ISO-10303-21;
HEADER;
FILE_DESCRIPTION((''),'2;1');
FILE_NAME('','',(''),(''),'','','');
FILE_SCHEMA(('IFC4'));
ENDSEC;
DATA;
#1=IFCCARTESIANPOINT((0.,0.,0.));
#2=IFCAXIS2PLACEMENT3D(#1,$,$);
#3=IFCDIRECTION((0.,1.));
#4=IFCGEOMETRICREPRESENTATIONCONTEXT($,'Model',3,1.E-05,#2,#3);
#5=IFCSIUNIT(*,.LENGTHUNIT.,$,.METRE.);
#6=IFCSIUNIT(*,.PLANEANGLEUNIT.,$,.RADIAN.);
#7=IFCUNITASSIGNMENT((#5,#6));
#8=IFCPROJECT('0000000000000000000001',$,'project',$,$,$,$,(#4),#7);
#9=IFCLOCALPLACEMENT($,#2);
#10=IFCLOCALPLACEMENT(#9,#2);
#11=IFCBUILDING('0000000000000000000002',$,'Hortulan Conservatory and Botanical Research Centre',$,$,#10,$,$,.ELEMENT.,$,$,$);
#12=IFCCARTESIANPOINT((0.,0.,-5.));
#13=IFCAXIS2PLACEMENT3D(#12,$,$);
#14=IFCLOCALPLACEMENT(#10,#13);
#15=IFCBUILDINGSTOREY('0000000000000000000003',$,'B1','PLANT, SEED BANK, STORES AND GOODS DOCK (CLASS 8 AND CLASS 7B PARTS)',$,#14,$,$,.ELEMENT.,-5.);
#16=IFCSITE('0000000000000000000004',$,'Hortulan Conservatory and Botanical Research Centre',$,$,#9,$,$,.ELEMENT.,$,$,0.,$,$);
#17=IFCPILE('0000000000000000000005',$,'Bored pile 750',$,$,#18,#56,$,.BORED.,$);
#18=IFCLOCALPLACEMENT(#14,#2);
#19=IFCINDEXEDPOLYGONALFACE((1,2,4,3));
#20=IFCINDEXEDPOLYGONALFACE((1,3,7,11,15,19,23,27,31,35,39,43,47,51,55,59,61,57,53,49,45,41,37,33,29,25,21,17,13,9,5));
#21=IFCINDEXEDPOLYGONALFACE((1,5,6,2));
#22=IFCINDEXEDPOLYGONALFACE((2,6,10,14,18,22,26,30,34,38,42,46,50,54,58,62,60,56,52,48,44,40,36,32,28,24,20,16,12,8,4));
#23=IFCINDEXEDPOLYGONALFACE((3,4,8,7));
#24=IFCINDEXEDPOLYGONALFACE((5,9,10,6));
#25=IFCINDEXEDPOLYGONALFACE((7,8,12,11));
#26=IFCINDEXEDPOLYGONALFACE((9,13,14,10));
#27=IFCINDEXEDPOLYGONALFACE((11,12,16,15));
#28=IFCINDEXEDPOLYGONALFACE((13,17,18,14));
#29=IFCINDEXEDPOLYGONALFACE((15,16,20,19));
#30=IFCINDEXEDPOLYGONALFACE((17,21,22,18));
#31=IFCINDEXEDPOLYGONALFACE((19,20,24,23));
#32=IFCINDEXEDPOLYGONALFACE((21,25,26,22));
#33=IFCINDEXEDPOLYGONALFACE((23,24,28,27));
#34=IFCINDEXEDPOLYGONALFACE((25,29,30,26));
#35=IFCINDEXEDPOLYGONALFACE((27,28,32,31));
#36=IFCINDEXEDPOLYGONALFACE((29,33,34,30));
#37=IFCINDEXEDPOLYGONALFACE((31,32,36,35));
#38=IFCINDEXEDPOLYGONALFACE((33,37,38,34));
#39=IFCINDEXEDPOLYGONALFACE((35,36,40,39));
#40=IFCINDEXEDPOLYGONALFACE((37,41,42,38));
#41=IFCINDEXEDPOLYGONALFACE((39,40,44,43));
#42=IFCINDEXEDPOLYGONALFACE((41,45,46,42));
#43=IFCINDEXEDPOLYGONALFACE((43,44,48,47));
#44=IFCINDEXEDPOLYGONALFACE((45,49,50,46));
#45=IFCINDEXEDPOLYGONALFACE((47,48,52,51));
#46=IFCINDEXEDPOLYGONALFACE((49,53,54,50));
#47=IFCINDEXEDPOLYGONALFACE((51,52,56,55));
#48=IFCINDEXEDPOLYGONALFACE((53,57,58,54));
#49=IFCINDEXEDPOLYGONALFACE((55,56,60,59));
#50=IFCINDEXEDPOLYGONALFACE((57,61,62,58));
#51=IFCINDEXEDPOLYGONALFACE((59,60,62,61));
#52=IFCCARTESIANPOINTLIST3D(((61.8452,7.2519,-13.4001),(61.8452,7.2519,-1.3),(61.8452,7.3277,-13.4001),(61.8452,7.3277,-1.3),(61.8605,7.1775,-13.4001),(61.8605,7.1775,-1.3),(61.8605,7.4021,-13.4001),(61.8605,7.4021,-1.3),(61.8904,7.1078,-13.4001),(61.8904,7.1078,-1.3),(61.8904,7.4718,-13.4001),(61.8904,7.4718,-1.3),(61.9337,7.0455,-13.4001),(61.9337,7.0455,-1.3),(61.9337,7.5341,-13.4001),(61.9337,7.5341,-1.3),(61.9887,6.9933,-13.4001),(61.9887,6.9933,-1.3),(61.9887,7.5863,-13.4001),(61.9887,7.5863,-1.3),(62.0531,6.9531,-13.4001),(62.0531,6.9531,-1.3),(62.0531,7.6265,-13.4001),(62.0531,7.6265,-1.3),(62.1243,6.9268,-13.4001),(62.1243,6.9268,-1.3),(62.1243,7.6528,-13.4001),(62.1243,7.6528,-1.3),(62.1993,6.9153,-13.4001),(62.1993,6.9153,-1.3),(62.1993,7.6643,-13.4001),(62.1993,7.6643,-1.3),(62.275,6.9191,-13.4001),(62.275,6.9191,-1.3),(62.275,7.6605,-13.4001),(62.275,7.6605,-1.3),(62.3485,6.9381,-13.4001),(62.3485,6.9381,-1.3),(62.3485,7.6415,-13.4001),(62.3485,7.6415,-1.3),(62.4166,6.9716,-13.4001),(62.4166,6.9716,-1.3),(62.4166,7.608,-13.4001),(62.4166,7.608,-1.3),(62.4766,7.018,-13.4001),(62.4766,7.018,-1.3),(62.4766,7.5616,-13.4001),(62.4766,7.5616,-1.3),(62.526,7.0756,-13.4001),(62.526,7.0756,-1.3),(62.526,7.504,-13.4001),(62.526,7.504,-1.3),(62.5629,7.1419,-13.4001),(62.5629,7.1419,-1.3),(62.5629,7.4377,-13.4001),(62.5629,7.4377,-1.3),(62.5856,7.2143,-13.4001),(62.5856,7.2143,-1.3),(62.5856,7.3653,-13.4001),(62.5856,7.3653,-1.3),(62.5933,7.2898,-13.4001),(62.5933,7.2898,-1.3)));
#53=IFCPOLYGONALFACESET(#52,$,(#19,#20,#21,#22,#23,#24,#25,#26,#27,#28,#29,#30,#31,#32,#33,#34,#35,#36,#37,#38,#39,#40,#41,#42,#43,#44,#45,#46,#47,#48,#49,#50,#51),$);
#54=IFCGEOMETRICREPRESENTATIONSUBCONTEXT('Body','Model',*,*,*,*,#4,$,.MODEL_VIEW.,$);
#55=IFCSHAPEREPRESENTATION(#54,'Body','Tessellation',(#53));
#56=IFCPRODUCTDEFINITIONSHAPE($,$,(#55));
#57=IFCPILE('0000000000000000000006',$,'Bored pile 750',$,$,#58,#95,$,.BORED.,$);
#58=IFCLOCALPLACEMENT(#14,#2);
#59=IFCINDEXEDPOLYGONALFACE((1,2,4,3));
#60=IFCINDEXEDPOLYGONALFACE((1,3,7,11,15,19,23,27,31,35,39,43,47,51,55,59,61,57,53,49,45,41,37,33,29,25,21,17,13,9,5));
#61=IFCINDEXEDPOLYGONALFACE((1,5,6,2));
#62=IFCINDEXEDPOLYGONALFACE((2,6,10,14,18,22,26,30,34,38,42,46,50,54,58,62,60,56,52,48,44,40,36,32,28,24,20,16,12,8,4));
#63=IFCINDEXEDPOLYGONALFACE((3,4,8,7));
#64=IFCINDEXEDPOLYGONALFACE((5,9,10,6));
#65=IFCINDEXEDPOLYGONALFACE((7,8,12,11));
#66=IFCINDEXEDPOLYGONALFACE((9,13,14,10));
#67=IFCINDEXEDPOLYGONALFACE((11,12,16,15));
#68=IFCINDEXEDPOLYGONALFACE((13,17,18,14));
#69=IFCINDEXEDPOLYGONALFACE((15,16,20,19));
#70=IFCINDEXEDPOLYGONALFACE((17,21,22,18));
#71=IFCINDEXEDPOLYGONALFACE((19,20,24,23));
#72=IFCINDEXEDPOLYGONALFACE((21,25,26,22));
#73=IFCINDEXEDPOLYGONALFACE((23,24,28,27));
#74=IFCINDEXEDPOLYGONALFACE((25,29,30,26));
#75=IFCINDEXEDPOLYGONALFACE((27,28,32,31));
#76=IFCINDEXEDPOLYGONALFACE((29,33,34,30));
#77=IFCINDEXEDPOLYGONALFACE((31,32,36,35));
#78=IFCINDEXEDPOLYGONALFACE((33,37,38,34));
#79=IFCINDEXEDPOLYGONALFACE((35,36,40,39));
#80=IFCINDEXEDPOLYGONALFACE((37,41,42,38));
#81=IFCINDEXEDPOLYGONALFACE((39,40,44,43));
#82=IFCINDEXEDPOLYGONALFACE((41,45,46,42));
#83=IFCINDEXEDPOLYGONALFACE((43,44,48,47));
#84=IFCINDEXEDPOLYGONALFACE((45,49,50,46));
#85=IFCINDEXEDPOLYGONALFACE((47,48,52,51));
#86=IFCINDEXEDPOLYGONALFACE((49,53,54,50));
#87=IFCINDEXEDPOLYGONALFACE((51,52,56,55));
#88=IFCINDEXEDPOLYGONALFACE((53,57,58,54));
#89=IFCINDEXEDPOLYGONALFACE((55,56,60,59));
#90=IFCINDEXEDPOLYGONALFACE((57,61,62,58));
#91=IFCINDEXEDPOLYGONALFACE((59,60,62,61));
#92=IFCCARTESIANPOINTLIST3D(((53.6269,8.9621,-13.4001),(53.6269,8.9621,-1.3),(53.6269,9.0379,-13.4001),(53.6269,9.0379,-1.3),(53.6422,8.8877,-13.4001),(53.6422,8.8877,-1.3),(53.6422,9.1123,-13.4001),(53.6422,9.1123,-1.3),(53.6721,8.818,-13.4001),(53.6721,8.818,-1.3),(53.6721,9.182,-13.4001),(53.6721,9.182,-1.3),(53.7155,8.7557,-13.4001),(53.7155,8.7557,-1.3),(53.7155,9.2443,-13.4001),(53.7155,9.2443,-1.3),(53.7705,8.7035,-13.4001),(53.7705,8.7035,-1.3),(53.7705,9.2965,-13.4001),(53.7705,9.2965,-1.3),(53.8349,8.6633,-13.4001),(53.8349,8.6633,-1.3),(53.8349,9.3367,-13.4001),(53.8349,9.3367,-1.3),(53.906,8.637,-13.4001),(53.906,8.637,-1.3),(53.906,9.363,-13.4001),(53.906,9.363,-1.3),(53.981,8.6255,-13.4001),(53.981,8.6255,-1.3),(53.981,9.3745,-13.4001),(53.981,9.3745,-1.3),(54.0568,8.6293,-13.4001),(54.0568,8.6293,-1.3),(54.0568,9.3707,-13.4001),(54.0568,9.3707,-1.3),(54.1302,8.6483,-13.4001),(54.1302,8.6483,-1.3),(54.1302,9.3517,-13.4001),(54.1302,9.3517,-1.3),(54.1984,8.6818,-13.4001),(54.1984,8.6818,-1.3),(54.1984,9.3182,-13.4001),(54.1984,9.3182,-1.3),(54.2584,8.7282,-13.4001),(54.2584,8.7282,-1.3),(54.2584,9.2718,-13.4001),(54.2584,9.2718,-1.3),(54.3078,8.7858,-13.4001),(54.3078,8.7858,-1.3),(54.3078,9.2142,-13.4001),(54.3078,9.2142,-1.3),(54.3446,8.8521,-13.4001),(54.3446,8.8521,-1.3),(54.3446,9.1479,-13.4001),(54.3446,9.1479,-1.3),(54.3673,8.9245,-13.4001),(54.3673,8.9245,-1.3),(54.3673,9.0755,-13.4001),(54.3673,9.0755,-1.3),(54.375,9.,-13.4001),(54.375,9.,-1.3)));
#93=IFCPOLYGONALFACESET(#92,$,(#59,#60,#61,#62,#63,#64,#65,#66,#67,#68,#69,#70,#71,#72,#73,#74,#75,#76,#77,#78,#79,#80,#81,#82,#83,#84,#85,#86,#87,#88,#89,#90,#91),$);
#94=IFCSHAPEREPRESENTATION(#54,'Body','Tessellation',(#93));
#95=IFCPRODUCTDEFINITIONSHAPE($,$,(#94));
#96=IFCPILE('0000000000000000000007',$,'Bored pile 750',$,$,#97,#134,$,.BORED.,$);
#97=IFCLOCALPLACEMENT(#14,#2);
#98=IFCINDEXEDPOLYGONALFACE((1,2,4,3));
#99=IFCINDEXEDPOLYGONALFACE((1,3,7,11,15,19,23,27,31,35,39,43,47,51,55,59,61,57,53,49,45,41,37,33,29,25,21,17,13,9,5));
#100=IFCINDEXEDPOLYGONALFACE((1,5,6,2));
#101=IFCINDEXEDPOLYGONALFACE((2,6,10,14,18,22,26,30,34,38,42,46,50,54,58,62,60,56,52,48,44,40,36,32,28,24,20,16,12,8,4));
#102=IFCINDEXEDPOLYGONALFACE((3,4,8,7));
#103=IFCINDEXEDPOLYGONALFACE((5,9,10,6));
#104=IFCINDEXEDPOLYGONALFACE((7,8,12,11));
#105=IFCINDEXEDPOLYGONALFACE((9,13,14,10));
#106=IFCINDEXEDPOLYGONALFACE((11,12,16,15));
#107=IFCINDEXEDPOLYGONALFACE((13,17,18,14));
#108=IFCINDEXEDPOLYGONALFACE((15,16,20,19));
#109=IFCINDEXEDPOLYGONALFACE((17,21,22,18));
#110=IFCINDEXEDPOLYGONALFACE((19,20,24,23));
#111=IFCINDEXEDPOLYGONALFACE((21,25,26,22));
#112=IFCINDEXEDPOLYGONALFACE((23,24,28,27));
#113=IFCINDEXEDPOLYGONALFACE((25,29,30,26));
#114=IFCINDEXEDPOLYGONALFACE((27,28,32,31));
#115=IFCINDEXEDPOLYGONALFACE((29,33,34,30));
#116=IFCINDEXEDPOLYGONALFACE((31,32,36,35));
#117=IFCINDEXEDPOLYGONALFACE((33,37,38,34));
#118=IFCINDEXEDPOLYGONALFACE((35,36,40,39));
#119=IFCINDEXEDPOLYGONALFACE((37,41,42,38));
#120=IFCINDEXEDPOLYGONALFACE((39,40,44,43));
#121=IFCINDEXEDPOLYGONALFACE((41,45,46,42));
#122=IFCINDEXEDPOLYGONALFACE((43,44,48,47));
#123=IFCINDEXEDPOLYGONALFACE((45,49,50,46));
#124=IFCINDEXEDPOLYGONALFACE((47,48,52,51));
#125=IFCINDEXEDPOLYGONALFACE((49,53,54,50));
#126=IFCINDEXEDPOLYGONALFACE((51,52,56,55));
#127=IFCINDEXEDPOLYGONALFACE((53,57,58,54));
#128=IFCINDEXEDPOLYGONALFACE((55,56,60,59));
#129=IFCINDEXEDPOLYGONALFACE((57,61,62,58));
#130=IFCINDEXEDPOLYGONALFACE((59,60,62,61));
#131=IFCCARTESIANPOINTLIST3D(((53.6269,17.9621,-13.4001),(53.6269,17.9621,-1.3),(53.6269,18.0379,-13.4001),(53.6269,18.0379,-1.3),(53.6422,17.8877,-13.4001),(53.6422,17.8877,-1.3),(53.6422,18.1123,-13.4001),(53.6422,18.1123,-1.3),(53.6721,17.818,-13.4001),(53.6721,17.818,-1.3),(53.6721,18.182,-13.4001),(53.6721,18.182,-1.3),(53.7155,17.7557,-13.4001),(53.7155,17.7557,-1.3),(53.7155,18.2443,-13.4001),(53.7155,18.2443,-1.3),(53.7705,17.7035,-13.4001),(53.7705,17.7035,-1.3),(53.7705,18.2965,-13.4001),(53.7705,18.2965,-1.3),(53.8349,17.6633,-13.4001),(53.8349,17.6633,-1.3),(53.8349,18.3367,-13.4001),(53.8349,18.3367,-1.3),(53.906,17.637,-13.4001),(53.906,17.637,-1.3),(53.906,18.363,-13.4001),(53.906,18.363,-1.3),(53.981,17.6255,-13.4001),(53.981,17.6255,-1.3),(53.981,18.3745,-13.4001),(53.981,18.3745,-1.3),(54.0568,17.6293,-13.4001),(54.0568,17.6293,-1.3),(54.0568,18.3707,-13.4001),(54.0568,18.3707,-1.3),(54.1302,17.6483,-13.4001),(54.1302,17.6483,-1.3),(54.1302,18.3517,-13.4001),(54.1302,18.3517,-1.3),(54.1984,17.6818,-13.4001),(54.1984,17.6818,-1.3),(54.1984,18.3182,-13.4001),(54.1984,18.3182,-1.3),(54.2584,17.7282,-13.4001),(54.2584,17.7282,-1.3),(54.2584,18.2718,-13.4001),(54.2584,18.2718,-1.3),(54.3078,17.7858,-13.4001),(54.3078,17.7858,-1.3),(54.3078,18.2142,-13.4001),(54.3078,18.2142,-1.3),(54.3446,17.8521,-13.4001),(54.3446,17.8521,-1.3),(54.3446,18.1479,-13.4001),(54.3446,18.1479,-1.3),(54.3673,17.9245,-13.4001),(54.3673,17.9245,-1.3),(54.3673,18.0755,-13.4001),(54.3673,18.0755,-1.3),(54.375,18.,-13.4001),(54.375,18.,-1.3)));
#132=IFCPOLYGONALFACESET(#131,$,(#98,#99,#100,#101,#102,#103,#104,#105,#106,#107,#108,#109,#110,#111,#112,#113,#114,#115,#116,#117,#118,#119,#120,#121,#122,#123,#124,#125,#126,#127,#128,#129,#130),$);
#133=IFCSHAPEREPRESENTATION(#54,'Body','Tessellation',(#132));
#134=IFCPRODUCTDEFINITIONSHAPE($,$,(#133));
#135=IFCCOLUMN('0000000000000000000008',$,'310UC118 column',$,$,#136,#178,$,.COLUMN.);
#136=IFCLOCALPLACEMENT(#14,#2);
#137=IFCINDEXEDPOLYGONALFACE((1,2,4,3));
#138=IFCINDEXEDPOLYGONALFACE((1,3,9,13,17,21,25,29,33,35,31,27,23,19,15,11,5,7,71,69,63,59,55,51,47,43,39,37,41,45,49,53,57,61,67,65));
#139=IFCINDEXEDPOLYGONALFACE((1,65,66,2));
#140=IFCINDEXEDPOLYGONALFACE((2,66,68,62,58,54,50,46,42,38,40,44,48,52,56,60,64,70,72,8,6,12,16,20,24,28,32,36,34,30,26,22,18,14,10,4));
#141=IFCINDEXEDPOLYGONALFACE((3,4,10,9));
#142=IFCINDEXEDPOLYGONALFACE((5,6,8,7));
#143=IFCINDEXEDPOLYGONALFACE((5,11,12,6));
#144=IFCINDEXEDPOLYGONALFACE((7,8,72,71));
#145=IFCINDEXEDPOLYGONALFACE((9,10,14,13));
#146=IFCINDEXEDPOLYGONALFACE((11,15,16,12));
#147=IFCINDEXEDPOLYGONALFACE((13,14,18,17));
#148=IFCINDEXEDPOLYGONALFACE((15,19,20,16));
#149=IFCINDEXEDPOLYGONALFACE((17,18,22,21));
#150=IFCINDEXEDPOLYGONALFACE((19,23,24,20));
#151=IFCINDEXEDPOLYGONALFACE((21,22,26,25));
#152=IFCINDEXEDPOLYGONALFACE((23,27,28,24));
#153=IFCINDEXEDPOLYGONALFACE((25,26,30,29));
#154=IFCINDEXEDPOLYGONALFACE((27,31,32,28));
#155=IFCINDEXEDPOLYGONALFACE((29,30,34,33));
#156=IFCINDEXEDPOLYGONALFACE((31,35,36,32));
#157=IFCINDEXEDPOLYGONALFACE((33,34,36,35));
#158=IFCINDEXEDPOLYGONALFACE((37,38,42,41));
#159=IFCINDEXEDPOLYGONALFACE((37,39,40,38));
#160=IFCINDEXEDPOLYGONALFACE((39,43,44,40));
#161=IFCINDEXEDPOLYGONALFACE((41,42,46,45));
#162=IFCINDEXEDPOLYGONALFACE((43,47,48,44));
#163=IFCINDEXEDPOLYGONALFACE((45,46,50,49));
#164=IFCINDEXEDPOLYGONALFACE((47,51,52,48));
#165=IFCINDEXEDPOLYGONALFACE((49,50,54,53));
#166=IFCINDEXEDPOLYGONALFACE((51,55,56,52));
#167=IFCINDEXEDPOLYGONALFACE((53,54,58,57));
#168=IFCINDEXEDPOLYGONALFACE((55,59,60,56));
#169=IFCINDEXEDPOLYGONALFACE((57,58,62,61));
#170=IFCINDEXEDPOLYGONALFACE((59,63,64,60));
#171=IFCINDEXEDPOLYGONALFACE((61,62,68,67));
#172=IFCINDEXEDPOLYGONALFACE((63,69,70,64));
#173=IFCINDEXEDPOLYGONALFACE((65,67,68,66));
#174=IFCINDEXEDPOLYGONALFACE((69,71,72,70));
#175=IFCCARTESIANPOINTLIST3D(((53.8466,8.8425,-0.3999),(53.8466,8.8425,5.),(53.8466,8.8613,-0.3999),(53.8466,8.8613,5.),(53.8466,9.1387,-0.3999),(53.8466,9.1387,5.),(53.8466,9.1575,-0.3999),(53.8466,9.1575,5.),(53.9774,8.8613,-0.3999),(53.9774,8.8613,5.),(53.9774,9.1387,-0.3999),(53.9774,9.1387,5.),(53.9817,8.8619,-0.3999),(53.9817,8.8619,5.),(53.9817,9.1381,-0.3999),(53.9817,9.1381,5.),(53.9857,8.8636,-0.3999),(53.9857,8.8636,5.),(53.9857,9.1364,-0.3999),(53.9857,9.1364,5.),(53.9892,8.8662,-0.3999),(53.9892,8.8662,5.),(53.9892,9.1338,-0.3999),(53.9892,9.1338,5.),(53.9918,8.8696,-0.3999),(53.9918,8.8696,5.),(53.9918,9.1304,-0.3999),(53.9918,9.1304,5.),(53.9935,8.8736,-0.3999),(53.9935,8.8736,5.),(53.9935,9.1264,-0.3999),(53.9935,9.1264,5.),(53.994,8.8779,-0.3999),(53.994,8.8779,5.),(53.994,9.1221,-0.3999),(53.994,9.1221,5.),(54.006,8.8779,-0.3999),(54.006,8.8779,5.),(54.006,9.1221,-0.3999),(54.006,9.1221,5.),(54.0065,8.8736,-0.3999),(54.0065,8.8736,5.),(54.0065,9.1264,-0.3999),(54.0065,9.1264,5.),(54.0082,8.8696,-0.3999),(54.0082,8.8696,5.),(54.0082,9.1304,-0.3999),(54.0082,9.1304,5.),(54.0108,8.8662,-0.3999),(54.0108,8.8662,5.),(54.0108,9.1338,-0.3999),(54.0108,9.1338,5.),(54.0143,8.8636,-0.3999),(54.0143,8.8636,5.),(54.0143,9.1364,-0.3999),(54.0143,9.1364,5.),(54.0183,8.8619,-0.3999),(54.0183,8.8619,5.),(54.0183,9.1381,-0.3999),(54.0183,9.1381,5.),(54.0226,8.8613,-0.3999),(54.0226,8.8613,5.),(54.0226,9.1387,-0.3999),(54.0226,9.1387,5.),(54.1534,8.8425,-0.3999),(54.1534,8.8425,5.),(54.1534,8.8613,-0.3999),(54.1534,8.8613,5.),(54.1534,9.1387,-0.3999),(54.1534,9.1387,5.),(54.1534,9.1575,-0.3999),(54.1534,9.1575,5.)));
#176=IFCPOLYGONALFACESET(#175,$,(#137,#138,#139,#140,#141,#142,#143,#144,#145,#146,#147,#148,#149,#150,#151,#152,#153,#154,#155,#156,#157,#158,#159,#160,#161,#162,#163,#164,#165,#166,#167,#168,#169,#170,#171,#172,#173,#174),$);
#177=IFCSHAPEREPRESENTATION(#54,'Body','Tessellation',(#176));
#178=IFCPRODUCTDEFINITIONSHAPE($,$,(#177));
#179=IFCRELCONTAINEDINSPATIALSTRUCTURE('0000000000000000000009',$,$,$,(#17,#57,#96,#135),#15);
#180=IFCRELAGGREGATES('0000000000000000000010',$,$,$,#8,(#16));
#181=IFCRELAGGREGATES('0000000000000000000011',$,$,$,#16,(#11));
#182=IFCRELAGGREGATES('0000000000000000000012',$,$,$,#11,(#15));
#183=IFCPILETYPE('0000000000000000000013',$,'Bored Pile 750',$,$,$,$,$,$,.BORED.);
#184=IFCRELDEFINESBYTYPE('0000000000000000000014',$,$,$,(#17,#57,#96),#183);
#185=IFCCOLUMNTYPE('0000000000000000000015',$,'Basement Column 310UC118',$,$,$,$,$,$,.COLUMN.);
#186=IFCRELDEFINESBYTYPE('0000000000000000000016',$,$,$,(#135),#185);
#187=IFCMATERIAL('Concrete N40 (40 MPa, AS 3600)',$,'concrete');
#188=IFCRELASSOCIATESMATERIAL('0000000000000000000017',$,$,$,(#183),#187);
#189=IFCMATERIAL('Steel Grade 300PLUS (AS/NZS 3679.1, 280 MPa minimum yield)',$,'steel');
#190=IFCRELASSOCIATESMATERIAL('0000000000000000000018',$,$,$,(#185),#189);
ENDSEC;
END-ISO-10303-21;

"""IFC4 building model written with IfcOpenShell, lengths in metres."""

from ifc_helpers import new_model, si_unit, direction, frame, origin, origin_2d, place, context, subcontext, project, spatial, circle, i_section, extrude, material, material_profile, profile_set, type_object, element, save


model = new_model("IFC4")

# Units and contexts
model_context = context("Model", 3, precision=1e-05, world=origin(), true_north=direction((0.0, 1.0)))
body_context = subcontext(model_context, "Body", "Model", "MODEL_VIEW")
ifc_project = project(units=[si_unit("LENGTHUNIT", "METRE"), si_unit("PLANEANGLEUNIT", "RADIAN")], contexts=[model_context])

# Site, building, storey
site_placement = place(None, origin())
site = spatial("IfcSite", under=ifc_project, at=site_placement, Name="Hortulan Conservatory and Botanical Research Centre", CompositionType="ELEMENT", RefElevation=0.0)
building_placement = place(site_placement, origin())
building = spatial("IfcBuilding", under=site, at=building_placement, Name="Hortulan Conservatory and Botanical Research Centre", CompositionType="ELEMENT")
storey_placement = place(building_placement, frame((0.0, 0.0, -5.0)))
storey = spatial("IfcBuildingStorey", under=building, at=storey_placement, Name="B1", Description="PLANT, SEED BANK, STORES AND GOODS DOCK (CLASS 8 AND CLASS 7B PARTS)", CompositionType="ELEMENT", Elevation=-5.0)

# Piles
ifc_material_1 = material(Name="Concrete N40 (40 MPa, AS 3600)", Category="concrete")
ifc_material_profile_1 = material_profile(ifc_material_1, circle(Radius=0.375, at=origin_2d()), Name="Bored pile 750 diameter")
ifc_profile_set_1 = profile_set([ifc_material_profile_1], Name="Concrete N40 (40 MPa, AS 3600)")
pile_type = type_object("IfcPileType", Name="Bored Pile 750", PredefinedType="BORED", material=ifc_profile_set_1)
for number, where, z_axis, x_axis, name in (
    (1, (62.2183, 7.2898, -1.3), (0.0, 0.0, -1.0), (1.0, 0.0, 0.0), "Bored pile 750"),
    (2, (54.0, 9.0, -1.3), (0.0, 0.0, -1.0), (1.0, 0.0, 0.0), "Bored pile 750"),
    (3, (54.0, 18.0, -1.3), (0.0, 0.0, -1.0), (1.0, 0.0, 0.0), "Bored pile 750"),
):
    element("IfcPile", number, at=place(storey_placement, frame(where, z_axis=z_axis, x_axis=x_axis)), inside=storey, type_object=pile_type, Name=name, PredefinedType="BORED", context=body_context, shape_type="SweptSolid", body=[
        extrude(circle(Radius=0.375, at=origin_2d()), origin(), (0.0, 0.0, 1.0), 12.1001),
    ])

# Column
ifc_material_2 = material(Name="Steel Grade 300PLUS (AS/NZS 3679.1, 280 MPa minimum yield)", Category="steel")
ifc_material_profile_2 = material_profile(ifc_material_2, i_section(OverallWidth=0.3069, OverallDepth=0.3149, WebThickness=0.012, FlangeThickness=0.0188, FilletRadius=0.0166, at=origin_2d()), Name="310UC118")
ifc_profile_set_2 = profile_set([ifc_material_profile_2], Name="Steel Grade 300PLUS (AS/NZS 3679.1, 280 MPa minimum yield)")
column_type_1 = type_object("IfcColumnType", Name="Basement Column 310UC118", PredefinedType="COLUMN", material=ifc_profile_set_2)
for number, where, z_axis, x_axis, name in (
    (4, (54.0, 9.0, -0.3999), (0.0, 0.0, 1.0), (1.0, 0.0, 0.0), "310UC118 column"),
):
    element("IfcColumn", number, at=place(storey_placement, frame(where, z_axis=z_axis, x_axis=x_axis)), inside=storey, type_object=column_type_1, Name=name, PredefinedType="COLUMN", context=body_context, shape_type="SweptSolid", body=[
        extrude(i_section(OverallWidth=0.3069, OverallDepth=0.3149, WebThickness=0.012, FlangeThickness=0.0188, FilletRadius=0.0166, at=origin_2d()), origin(), (0.0, 0.0, 1.0), 5.3999),
    ])

save(model, "model.ifc")
